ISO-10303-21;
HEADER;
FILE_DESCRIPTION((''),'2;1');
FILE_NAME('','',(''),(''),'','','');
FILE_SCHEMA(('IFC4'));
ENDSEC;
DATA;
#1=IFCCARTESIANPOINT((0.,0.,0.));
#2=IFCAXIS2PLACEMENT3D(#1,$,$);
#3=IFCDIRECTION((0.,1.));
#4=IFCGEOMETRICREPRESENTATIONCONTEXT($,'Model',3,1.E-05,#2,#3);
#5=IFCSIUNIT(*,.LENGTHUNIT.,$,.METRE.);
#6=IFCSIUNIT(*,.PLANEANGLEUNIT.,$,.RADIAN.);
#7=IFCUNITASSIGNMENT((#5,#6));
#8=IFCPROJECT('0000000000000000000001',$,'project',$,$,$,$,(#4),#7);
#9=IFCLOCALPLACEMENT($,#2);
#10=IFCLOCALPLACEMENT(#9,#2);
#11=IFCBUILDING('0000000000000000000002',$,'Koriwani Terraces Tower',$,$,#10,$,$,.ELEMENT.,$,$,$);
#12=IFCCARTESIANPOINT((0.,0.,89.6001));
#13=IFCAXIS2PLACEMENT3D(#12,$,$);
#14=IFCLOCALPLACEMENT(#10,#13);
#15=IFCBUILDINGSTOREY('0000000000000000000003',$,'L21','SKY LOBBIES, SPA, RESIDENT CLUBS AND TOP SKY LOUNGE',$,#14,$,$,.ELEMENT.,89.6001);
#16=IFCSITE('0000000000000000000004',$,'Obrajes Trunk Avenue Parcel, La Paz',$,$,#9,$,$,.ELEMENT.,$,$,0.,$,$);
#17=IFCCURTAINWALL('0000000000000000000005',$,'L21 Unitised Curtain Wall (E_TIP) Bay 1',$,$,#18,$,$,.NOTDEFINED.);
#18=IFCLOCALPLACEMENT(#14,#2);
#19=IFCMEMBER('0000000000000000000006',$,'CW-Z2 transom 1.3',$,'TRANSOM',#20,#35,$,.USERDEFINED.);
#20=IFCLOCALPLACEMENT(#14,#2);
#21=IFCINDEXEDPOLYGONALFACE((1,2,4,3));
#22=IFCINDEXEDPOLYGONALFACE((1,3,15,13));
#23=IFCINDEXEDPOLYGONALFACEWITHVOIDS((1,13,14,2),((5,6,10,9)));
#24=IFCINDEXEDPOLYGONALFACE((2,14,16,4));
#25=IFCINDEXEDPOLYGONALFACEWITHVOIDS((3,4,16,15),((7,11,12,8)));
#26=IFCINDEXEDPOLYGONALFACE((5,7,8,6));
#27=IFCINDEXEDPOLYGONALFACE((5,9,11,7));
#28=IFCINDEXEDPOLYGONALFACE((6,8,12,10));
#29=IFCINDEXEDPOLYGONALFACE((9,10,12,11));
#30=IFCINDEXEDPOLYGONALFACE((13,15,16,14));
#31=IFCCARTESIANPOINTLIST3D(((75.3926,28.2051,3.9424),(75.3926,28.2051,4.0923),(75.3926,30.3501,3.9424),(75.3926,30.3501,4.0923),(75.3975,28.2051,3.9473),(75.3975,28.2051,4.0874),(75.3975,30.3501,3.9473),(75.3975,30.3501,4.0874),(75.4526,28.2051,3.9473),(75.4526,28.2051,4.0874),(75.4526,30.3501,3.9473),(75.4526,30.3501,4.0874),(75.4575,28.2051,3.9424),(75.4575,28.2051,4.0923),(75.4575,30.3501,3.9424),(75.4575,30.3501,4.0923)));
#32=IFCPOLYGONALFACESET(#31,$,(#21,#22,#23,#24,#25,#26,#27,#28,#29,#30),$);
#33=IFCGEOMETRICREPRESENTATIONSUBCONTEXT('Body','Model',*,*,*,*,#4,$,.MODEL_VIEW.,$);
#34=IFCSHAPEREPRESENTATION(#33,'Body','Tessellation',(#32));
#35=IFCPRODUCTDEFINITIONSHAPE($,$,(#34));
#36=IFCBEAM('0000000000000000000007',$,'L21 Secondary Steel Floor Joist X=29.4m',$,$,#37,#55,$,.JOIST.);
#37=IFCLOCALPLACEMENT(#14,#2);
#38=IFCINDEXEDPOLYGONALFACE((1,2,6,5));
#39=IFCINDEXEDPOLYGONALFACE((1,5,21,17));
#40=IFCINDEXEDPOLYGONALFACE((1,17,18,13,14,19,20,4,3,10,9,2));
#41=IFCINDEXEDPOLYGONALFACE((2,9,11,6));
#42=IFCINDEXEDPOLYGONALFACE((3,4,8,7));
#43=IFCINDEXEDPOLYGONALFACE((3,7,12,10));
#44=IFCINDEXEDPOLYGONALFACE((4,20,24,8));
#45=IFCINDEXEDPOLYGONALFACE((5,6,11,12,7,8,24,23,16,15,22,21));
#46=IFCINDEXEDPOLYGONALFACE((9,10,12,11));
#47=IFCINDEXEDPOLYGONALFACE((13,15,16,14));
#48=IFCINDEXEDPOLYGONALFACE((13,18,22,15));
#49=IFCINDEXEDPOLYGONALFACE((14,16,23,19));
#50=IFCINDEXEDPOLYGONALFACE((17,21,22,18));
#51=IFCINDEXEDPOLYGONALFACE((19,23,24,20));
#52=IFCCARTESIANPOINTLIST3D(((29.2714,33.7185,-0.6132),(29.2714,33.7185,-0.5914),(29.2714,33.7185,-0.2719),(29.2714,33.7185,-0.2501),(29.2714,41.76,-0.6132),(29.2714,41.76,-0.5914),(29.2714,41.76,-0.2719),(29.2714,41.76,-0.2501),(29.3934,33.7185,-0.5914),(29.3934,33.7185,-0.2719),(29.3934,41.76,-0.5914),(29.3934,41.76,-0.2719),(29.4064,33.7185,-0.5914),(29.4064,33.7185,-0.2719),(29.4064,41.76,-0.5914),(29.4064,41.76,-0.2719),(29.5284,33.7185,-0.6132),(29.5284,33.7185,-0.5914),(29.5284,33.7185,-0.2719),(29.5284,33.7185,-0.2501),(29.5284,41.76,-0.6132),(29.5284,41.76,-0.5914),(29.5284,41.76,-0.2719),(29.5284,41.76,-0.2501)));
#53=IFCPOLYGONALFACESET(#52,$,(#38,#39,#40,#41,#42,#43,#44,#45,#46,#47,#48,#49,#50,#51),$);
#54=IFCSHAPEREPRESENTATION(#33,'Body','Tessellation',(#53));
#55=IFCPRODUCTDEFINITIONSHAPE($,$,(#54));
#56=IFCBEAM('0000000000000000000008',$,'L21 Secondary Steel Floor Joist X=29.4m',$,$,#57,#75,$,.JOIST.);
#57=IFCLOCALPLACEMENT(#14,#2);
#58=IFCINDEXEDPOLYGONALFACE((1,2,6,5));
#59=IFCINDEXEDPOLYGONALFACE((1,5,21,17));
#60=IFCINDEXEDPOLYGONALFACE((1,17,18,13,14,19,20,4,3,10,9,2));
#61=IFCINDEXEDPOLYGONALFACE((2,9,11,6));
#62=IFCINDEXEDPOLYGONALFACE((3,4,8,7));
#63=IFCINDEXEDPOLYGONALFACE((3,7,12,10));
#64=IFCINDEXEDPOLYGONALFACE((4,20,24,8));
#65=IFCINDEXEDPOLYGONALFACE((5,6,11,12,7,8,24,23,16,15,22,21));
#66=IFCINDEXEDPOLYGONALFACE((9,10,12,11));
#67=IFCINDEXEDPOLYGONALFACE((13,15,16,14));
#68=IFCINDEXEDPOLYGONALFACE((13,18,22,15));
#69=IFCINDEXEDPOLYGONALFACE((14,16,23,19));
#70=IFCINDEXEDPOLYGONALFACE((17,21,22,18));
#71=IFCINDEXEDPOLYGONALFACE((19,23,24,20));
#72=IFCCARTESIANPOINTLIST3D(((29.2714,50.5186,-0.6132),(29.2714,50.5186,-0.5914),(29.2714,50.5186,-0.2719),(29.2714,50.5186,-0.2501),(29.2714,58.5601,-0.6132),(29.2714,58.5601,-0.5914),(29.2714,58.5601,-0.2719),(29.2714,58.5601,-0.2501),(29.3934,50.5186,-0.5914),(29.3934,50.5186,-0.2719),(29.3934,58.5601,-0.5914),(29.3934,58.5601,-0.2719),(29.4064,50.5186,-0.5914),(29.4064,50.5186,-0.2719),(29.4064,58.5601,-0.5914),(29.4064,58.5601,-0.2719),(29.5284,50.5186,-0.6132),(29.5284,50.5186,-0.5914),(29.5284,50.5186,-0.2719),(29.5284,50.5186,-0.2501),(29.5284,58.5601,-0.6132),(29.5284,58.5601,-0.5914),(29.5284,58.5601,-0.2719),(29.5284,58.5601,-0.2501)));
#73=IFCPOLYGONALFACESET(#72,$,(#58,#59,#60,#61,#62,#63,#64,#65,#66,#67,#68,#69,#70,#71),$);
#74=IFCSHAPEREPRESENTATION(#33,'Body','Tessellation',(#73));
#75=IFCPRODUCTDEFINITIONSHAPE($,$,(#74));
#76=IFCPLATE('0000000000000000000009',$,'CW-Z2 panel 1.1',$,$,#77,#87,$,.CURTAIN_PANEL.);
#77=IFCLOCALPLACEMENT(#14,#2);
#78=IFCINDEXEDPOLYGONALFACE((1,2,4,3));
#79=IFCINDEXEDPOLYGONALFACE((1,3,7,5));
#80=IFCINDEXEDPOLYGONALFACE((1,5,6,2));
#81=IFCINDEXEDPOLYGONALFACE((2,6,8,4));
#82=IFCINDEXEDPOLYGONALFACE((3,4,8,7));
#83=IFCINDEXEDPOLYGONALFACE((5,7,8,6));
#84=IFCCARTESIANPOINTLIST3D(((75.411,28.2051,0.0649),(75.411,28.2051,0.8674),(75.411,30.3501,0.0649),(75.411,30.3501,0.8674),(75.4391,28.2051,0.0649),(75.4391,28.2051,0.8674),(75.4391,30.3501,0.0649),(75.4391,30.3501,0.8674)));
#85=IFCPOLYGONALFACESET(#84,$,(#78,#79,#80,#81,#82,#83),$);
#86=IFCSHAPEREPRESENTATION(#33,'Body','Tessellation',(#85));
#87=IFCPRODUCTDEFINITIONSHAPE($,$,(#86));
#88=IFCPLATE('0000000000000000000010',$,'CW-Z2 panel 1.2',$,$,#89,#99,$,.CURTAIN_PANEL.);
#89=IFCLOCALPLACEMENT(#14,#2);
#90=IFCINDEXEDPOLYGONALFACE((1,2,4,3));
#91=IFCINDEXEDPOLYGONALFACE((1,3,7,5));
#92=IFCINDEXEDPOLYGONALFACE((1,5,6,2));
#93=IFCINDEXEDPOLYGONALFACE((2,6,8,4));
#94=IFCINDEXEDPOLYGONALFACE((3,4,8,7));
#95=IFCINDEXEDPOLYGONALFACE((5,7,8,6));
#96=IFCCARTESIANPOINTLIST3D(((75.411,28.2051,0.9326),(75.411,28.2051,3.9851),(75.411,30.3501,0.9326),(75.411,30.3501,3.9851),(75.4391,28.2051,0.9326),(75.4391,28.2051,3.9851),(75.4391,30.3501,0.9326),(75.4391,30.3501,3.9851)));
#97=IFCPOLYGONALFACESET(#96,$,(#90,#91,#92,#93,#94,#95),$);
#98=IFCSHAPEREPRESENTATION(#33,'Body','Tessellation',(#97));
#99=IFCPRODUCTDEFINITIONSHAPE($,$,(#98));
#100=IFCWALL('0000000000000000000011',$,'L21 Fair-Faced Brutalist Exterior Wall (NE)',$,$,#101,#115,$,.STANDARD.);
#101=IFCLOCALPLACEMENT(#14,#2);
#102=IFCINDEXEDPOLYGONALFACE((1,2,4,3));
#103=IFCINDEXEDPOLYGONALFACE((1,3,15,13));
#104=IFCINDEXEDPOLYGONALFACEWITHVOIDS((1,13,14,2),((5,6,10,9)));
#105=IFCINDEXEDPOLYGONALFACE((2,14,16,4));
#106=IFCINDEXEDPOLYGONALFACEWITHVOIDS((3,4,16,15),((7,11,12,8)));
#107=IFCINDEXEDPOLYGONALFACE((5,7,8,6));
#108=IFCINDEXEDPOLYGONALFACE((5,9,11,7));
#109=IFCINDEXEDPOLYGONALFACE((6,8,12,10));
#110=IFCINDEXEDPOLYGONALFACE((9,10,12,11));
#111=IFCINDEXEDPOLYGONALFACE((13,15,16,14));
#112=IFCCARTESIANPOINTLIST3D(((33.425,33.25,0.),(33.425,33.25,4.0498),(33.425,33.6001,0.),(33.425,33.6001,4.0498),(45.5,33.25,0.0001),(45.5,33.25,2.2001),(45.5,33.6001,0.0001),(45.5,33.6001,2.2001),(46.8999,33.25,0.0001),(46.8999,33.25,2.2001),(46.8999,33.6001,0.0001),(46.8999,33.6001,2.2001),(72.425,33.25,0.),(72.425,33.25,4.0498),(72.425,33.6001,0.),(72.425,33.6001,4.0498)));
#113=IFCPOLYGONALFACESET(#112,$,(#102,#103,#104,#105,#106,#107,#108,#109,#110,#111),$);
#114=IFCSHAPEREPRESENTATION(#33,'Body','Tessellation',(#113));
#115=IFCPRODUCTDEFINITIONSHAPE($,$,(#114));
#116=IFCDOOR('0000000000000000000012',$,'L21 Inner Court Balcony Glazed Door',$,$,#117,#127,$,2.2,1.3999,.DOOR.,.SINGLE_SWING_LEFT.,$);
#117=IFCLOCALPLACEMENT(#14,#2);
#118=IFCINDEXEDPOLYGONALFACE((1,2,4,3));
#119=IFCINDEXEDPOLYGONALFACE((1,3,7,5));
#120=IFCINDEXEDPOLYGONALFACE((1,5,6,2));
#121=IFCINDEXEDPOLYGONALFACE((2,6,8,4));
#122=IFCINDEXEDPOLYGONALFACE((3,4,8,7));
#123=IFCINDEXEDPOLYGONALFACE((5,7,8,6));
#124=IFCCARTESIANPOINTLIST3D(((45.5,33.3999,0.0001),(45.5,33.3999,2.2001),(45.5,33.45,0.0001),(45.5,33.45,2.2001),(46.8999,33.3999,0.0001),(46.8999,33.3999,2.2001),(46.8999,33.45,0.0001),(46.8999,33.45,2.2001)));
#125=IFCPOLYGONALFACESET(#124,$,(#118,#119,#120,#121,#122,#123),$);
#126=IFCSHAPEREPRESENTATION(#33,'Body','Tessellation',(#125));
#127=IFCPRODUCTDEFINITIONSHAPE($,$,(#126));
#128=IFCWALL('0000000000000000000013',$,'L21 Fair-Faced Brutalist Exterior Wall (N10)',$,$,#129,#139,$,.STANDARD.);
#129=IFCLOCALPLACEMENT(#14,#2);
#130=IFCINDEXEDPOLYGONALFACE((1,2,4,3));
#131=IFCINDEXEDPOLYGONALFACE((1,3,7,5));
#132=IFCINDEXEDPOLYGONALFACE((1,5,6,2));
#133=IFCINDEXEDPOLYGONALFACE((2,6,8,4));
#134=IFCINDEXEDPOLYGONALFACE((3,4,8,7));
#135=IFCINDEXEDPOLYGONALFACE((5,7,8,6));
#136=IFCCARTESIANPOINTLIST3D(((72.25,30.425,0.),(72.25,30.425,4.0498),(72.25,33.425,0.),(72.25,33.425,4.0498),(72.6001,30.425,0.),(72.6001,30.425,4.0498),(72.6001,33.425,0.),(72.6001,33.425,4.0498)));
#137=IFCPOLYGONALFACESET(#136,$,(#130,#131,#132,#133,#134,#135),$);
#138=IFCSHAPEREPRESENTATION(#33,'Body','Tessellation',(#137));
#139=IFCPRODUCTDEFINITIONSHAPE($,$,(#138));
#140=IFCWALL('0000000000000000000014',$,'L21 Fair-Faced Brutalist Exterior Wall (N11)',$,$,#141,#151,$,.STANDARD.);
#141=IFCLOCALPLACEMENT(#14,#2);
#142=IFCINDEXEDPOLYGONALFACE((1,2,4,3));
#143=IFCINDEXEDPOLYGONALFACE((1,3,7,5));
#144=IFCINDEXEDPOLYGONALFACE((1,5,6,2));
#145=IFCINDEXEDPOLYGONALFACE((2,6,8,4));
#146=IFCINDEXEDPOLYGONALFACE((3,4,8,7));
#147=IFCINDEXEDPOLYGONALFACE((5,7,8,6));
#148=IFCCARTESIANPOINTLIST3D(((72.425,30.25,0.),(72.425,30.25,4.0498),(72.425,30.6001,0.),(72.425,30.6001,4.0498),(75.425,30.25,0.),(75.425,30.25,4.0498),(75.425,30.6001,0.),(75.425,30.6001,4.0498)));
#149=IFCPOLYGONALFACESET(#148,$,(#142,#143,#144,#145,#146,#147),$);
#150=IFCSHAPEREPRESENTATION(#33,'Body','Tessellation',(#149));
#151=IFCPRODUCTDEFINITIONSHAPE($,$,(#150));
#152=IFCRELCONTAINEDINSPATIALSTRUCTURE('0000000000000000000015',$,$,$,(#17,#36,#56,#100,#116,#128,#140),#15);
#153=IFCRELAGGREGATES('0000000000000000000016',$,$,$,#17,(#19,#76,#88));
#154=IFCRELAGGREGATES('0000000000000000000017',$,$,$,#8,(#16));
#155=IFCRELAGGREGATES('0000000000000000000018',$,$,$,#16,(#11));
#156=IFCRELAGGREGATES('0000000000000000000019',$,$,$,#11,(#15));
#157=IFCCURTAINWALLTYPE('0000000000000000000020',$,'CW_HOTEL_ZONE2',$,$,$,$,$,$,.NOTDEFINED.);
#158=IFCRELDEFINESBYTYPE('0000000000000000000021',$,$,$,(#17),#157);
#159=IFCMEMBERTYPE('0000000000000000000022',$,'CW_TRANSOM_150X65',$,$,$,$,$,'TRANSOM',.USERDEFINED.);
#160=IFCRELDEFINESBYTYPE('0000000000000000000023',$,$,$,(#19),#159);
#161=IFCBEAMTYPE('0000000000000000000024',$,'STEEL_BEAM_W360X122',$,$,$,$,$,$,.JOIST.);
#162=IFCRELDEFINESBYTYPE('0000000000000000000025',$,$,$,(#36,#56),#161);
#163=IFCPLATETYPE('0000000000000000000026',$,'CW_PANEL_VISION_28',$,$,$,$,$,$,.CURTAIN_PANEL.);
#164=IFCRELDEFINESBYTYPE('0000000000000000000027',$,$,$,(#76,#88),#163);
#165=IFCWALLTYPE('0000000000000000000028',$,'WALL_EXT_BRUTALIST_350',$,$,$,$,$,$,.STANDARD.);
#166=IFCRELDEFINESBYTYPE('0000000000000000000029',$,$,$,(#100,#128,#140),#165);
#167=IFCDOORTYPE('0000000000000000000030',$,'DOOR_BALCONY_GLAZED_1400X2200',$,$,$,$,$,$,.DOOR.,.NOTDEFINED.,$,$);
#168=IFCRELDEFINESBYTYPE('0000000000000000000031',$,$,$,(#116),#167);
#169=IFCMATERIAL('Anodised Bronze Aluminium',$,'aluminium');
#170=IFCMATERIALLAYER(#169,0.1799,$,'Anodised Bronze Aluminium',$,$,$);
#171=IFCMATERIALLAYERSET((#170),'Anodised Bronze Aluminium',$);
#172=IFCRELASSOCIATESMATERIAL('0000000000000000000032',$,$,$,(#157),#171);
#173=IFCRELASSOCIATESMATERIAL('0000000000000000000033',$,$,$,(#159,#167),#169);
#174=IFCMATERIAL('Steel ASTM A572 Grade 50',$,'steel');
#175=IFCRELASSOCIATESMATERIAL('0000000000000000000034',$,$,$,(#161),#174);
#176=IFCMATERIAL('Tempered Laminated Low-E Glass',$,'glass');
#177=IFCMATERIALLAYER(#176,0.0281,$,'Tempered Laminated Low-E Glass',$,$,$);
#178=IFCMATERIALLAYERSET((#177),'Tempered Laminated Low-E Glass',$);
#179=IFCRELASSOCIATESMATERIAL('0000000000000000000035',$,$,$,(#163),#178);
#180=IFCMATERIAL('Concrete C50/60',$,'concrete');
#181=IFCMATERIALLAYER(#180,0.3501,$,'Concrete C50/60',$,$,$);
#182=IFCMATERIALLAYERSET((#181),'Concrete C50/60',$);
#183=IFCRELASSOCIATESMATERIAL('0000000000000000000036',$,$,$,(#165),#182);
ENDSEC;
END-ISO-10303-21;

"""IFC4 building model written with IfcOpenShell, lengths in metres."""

from ifc_helpers import new_model, si_unit, direction, frame, frame_2d, origin, origin_2d, place, context, subcontext, project, spatial, rectangle, hollow_rectangle, i_section, extrude, material, layer, layer_set, material_profile, profile_set, type_object, element, fill, aggregate, save


model = new_model("IFC4")

# Units and contexts
model_context = context("Model", 3, precision=1e-05, world=origin(), true_north=direction((0.0, 1.0)))
body_context = subcontext(model_context, "Body", "Model", "MODEL_VIEW")
ifc_project = project(units=[si_unit("LENGTHUNIT", "METRE"), si_unit("PLANEANGLEUNIT", "RADIAN")], contexts=[model_context])

# Site, building, storey
site_placement = place(None, origin())
site = spatial("IfcSite", under=ifc_project, at=site_placement, Name="Obrajes Trunk Avenue Parcel, La Paz", CompositionType="ELEMENT", RefElevation=0.0)
building_placement = place(site_placement, origin())
building = spatial("IfcBuilding", under=site, at=building_placement, Name="Koriwani Terraces Tower", CompositionType="ELEMENT")
storey_placement = place(building_placement, frame((0.0, 0.0, 89.6001)))
storey = spatial("IfcBuildingStorey", under=building, at=storey_placement, Name="L21", Description="SKY LOBBIES, SPA, RESIDENT CLUBS AND TOP SKY LOUNGE", CompositionType="ELEMENT", Elevation=89.6001)

# Curtain wall, member
ifc_material_1 = material(Name="Anodised Bronze Aluminium", Category="aluminium")
ifc_layer_1 = layer(ifc_material_1, 0.1799, Name="Anodised Bronze Aluminium")
ifc_layer_set_1 = layer_set([ifc_layer_1], Name="Anodised Bronze Aluminium")
curtain_wall_type = type_object("IfcCurtainWallType", Name="CW_HOTEL_ZONE2", PredefinedType="NOTDEFINED", material=ifc_layer_set_1)
curtain_wall_placement = place(storey_placement, origin())
curtain_wall = element("IfcCurtainWall", 1, at=curtain_wall_placement, inside=storey, type_object=curtain_wall_type, Name="L21 Unitised Curtain Wall (E_TIP) Bay 1", PredefinedType="NOTDEFINED")
ifc_material_profile_1 = material_profile(ifc_material_1, hollow_rectangle(XDim=0.0649, YDim=0.1499, WallThickness=0.0049, at=origin_2d()), Name="Anodised Bronze Aluminium", Category="LoadBearing")
ifc_profile_set_1 = profile_set([ifc_material_profile_1], Name="Anodised Bronze Aluminium")
member_type_1 = type_object("IfcMemberType", Name="CW_TRANSOM_150X65", ElementType="TRANSOM", PredefinedType="USERDEFINED", material=ifc_profile_set_1)
member_1_placement = place(storey_placement, frame((75.425, 30.3501, 4.0173), z_axis=(0.0, -1.0, 0.0), x_axis=(1.0, 0.0, 0.0)))
member_1 = element("IfcMember", 2, at=member_1_placement, type_object=member_type_1, Name="CW-Z2 transom 1.3", ObjectType="TRANSOM", PredefinedType="USERDEFINED", context=body_context, shape_type="SweptSolid", body=[
    extrude(hollow_rectangle(XDim=0.0649, YDim=0.1499, WallThickness=0.0049, at=origin_2d()), origin(), (0.0, 0.0, 1.0), 2.145),
])

# Beams
ifc_material_2 = material(Name="Steel ASTM A572 Grade 50", Category="steel")
ifc_material_profile_2 = material_profile(ifc_material_2, i_section(OverallWidth=0.2571, OverallDepth=0.363, WebThickness=0.0129, FlangeThickness=0.0217, at=origin_2d()), Name="Steel ASTM A572 Grade 50", Category="LoadBearing")
ifc_profile_set_2 = profile_set([ifc_material_profile_2], Name="Steel ASTM A572 Grade 50")
beam_type_1 = type_object("IfcBeamType", Name="STEEL_BEAM_W360X122", PredefinedType="JOIST", material=ifc_profile_set_2)
for number, where, z_axis, x_axis, name in (
    (3, (29.3999, 33.7185, -0.4316), (0.0, 1.0, 0.0), (-1.0, 0.0, 0.0), "L21 Secondary Steel Floor Joist X=29.4m"),
    (4, (29.3999, 50.5186, -0.4316), (0.0, 1.0, 0.0), (-1.0, 0.0, 0.0), "L21 Secondary Steel Floor Joist X=29.4m"),
):
    element("IfcBeam", number, at=place(storey_placement, frame(where, z_axis=z_axis, x_axis=x_axis)), inside=storey, type_object=beam_type_1, Name=name, PredefinedType="JOIST", context=body_context, shape_type="SweptSolid", body=[
        extrude(i_section(OverallWidth=0.2571, OverallDepth=0.363, WebThickness=0.0129, FlangeThickness=0.0217, at=origin_2d()), origin(), (0.0, 0.0, 1.0), 8.0415),
    ])

# Plates
ifc_material_3 = material(Name="Tempered Laminated Low-E Glass", Category="glass")
ifc_layer_2 = layer(ifc_material_3, 0.0281, Name="Tempered Laminated Low-E Glass")
ifc_layer_set_2 = layer_set([ifc_layer_2], Name="Tempered Laminated Low-E Glass")
plate_type = type_object("IfcPlateType", Name="CW_PANEL_VISION_28", PredefinedType="CURTAIN_PANEL", material=ifc_layer_set_2)
plate_1_placement = place(storey_placement, frame((75.425, 29.2776, 0.0649), z_axis=(0.0, 0.0, 1.0), x_axis=(0.0, -1.0, 0.0)))
plate_1 = element("IfcPlate", 5, at=plate_1_placement, type_object=plate_type, Name="CW-Z2 panel 1.1", PredefinedType="CURTAIN_PANEL", context=body_context, shape_type="SweptSolid", body=[
    extrude(rectangle(XDim=2.145, YDim=0.0281, at=origin_2d()), origin(), (0.0, 0.0, 1.0), 0.8025),
])
plate_2_placement = place(storey_placement, frame((75.425, 29.2776, 0.9326), z_axis=(0.0, 0.0, 1.0), x_axis=(0.0, -1.0, 0.0)))
plate_2 = element("IfcPlate", 6, at=plate_2_placement, type_object=plate_type, Name="CW-Z2 panel 1.2", PredefinedType="CURTAIN_PANEL", context=body_context, shape_type="SweptSolid", body=[
    extrude(rectangle(XDim=2.145, YDim=0.0281, at=origin_2d()), origin(), (0.0, 0.0, 1.0), 3.0525),
])
aggregate(curtain_wall, [member_1, plate_1, plate_2])

# Wall, opening, door
ifc_material_4 = material(Name="Concrete C50/60", Category="concrete")
ifc_layer_3 = layer(ifc_material_4, 0.3501, Name="Concrete C50/60")
ifc_layer_set_3 = layer_set([ifc_layer_3], Name="Concrete C50/60")
wall_type_1 = type_object("IfcWallType", Name="WALL_EXT_BRUTALIST_350", PredefinedType="STANDARD", material=ifc_layer_set_3)
wall_1_placement = place(storey_placement, frame((33.425, 33.425, 0.0), z_axis=(0.0, 0.0, 1.0), x_axis=(1.0, 0.0, 0.0)))
wall_1 = element("IfcWall", 7, at=wall_1_placement, inside=storey, type_object=wall_type_1, Name="L21 Fair-Faced Brutalist Exterior Wall (NE)", PredefinedType="STANDARD", context=body_context, shape_type="SweptSolid", body=[
    extrude(rectangle(XDim=39.0, YDim=0.3501, at=frame_2d((19.5, 0.0))), origin(), (0.0, 0.0, 1.0), 4.0498),
])
opening_1_placement = place(wall_1_placement, frame((12.075, 0.0, 0.0)))
opening_1 = element("IfcOpeningElement", 8, at=opening_1_placement, cuts=wall_1, PredefinedType="OPENING", context=body_context, shape_type="SweptSolid", body=[
    extrude(rectangle(XDim=1.3999, YDim=2.2, at=frame_2d((0.7, 1.1001))), frame((0.0, 0.1851, 0.0), z_axis=(0.0, -1.0, 0.0), x_axis=(1.0, 0.0, 0.0)), (0.0, 0.0, 1.0), 0.3701),
])
door_type_1 = type_object("IfcDoorType", Name="DOOR_BALCONY_GLAZED_1400X2200", OperationType="NOTDEFINED", PredefinedType="DOOR", material=ifc_material_1)
door_1_placement = place(opening_1_placement, origin())
door_1 = element("IfcDoor", 9, at=door_1_placement, inside=storey, type_object=door_type_1, Name="L21 Inner Court Balcony Glazed Door", OperationType="SINGLE_SWING_LEFT", OverallHeight=2.2, OverallWidth=1.3999, PredefinedType="DOOR", context=body_context, shape_type="SweptSolid", body=[
    extrude(rectangle(XDim=1.3999, YDim=2.2, at=frame_2d((0.7, 1.1001))), frame((0.0, 0.0249, 0.0), z_axis=(0.0, -1.0, 0.0), x_axis=(1.0, 0.0, 0.0)), (0.0, 0.0, 1.0), 0.05),
])
fill(opening_1, door_1)

# Walls
for number, where, z_axis, x_axis, name in (
    (10, (72.425, 33.425, 0.0), (0.0, 0.0, 1.0), (0.0, -1.0, 0.0), "L21 Fair-Faced Brutalist Exterior Wall (N10)"),
    (11, (72.425, 30.425, 0.0), (0.0, 0.0, 1.0), (1.0, 0.0, 0.0), "L21 Fair-Faced Brutalist Exterior Wall (N11)"),
):
    element("IfcWall", number, at=place(storey_placement, frame(where, z_axis=z_axis, x_axis=x_axis)), inside=storey, type_object=wall_type_1, Name=name, PredefinedType="STANDARD", context=body_context, shape_type="SweptSolid", body=[
        extrude(rectangle(XDim=3.0, YDim=0.3501, at=frame_2d((1.5, 0.0))), origin(), (0.0, 0.0, 1.0), 4.0498),
    ])

save(model, "model.ifc")
